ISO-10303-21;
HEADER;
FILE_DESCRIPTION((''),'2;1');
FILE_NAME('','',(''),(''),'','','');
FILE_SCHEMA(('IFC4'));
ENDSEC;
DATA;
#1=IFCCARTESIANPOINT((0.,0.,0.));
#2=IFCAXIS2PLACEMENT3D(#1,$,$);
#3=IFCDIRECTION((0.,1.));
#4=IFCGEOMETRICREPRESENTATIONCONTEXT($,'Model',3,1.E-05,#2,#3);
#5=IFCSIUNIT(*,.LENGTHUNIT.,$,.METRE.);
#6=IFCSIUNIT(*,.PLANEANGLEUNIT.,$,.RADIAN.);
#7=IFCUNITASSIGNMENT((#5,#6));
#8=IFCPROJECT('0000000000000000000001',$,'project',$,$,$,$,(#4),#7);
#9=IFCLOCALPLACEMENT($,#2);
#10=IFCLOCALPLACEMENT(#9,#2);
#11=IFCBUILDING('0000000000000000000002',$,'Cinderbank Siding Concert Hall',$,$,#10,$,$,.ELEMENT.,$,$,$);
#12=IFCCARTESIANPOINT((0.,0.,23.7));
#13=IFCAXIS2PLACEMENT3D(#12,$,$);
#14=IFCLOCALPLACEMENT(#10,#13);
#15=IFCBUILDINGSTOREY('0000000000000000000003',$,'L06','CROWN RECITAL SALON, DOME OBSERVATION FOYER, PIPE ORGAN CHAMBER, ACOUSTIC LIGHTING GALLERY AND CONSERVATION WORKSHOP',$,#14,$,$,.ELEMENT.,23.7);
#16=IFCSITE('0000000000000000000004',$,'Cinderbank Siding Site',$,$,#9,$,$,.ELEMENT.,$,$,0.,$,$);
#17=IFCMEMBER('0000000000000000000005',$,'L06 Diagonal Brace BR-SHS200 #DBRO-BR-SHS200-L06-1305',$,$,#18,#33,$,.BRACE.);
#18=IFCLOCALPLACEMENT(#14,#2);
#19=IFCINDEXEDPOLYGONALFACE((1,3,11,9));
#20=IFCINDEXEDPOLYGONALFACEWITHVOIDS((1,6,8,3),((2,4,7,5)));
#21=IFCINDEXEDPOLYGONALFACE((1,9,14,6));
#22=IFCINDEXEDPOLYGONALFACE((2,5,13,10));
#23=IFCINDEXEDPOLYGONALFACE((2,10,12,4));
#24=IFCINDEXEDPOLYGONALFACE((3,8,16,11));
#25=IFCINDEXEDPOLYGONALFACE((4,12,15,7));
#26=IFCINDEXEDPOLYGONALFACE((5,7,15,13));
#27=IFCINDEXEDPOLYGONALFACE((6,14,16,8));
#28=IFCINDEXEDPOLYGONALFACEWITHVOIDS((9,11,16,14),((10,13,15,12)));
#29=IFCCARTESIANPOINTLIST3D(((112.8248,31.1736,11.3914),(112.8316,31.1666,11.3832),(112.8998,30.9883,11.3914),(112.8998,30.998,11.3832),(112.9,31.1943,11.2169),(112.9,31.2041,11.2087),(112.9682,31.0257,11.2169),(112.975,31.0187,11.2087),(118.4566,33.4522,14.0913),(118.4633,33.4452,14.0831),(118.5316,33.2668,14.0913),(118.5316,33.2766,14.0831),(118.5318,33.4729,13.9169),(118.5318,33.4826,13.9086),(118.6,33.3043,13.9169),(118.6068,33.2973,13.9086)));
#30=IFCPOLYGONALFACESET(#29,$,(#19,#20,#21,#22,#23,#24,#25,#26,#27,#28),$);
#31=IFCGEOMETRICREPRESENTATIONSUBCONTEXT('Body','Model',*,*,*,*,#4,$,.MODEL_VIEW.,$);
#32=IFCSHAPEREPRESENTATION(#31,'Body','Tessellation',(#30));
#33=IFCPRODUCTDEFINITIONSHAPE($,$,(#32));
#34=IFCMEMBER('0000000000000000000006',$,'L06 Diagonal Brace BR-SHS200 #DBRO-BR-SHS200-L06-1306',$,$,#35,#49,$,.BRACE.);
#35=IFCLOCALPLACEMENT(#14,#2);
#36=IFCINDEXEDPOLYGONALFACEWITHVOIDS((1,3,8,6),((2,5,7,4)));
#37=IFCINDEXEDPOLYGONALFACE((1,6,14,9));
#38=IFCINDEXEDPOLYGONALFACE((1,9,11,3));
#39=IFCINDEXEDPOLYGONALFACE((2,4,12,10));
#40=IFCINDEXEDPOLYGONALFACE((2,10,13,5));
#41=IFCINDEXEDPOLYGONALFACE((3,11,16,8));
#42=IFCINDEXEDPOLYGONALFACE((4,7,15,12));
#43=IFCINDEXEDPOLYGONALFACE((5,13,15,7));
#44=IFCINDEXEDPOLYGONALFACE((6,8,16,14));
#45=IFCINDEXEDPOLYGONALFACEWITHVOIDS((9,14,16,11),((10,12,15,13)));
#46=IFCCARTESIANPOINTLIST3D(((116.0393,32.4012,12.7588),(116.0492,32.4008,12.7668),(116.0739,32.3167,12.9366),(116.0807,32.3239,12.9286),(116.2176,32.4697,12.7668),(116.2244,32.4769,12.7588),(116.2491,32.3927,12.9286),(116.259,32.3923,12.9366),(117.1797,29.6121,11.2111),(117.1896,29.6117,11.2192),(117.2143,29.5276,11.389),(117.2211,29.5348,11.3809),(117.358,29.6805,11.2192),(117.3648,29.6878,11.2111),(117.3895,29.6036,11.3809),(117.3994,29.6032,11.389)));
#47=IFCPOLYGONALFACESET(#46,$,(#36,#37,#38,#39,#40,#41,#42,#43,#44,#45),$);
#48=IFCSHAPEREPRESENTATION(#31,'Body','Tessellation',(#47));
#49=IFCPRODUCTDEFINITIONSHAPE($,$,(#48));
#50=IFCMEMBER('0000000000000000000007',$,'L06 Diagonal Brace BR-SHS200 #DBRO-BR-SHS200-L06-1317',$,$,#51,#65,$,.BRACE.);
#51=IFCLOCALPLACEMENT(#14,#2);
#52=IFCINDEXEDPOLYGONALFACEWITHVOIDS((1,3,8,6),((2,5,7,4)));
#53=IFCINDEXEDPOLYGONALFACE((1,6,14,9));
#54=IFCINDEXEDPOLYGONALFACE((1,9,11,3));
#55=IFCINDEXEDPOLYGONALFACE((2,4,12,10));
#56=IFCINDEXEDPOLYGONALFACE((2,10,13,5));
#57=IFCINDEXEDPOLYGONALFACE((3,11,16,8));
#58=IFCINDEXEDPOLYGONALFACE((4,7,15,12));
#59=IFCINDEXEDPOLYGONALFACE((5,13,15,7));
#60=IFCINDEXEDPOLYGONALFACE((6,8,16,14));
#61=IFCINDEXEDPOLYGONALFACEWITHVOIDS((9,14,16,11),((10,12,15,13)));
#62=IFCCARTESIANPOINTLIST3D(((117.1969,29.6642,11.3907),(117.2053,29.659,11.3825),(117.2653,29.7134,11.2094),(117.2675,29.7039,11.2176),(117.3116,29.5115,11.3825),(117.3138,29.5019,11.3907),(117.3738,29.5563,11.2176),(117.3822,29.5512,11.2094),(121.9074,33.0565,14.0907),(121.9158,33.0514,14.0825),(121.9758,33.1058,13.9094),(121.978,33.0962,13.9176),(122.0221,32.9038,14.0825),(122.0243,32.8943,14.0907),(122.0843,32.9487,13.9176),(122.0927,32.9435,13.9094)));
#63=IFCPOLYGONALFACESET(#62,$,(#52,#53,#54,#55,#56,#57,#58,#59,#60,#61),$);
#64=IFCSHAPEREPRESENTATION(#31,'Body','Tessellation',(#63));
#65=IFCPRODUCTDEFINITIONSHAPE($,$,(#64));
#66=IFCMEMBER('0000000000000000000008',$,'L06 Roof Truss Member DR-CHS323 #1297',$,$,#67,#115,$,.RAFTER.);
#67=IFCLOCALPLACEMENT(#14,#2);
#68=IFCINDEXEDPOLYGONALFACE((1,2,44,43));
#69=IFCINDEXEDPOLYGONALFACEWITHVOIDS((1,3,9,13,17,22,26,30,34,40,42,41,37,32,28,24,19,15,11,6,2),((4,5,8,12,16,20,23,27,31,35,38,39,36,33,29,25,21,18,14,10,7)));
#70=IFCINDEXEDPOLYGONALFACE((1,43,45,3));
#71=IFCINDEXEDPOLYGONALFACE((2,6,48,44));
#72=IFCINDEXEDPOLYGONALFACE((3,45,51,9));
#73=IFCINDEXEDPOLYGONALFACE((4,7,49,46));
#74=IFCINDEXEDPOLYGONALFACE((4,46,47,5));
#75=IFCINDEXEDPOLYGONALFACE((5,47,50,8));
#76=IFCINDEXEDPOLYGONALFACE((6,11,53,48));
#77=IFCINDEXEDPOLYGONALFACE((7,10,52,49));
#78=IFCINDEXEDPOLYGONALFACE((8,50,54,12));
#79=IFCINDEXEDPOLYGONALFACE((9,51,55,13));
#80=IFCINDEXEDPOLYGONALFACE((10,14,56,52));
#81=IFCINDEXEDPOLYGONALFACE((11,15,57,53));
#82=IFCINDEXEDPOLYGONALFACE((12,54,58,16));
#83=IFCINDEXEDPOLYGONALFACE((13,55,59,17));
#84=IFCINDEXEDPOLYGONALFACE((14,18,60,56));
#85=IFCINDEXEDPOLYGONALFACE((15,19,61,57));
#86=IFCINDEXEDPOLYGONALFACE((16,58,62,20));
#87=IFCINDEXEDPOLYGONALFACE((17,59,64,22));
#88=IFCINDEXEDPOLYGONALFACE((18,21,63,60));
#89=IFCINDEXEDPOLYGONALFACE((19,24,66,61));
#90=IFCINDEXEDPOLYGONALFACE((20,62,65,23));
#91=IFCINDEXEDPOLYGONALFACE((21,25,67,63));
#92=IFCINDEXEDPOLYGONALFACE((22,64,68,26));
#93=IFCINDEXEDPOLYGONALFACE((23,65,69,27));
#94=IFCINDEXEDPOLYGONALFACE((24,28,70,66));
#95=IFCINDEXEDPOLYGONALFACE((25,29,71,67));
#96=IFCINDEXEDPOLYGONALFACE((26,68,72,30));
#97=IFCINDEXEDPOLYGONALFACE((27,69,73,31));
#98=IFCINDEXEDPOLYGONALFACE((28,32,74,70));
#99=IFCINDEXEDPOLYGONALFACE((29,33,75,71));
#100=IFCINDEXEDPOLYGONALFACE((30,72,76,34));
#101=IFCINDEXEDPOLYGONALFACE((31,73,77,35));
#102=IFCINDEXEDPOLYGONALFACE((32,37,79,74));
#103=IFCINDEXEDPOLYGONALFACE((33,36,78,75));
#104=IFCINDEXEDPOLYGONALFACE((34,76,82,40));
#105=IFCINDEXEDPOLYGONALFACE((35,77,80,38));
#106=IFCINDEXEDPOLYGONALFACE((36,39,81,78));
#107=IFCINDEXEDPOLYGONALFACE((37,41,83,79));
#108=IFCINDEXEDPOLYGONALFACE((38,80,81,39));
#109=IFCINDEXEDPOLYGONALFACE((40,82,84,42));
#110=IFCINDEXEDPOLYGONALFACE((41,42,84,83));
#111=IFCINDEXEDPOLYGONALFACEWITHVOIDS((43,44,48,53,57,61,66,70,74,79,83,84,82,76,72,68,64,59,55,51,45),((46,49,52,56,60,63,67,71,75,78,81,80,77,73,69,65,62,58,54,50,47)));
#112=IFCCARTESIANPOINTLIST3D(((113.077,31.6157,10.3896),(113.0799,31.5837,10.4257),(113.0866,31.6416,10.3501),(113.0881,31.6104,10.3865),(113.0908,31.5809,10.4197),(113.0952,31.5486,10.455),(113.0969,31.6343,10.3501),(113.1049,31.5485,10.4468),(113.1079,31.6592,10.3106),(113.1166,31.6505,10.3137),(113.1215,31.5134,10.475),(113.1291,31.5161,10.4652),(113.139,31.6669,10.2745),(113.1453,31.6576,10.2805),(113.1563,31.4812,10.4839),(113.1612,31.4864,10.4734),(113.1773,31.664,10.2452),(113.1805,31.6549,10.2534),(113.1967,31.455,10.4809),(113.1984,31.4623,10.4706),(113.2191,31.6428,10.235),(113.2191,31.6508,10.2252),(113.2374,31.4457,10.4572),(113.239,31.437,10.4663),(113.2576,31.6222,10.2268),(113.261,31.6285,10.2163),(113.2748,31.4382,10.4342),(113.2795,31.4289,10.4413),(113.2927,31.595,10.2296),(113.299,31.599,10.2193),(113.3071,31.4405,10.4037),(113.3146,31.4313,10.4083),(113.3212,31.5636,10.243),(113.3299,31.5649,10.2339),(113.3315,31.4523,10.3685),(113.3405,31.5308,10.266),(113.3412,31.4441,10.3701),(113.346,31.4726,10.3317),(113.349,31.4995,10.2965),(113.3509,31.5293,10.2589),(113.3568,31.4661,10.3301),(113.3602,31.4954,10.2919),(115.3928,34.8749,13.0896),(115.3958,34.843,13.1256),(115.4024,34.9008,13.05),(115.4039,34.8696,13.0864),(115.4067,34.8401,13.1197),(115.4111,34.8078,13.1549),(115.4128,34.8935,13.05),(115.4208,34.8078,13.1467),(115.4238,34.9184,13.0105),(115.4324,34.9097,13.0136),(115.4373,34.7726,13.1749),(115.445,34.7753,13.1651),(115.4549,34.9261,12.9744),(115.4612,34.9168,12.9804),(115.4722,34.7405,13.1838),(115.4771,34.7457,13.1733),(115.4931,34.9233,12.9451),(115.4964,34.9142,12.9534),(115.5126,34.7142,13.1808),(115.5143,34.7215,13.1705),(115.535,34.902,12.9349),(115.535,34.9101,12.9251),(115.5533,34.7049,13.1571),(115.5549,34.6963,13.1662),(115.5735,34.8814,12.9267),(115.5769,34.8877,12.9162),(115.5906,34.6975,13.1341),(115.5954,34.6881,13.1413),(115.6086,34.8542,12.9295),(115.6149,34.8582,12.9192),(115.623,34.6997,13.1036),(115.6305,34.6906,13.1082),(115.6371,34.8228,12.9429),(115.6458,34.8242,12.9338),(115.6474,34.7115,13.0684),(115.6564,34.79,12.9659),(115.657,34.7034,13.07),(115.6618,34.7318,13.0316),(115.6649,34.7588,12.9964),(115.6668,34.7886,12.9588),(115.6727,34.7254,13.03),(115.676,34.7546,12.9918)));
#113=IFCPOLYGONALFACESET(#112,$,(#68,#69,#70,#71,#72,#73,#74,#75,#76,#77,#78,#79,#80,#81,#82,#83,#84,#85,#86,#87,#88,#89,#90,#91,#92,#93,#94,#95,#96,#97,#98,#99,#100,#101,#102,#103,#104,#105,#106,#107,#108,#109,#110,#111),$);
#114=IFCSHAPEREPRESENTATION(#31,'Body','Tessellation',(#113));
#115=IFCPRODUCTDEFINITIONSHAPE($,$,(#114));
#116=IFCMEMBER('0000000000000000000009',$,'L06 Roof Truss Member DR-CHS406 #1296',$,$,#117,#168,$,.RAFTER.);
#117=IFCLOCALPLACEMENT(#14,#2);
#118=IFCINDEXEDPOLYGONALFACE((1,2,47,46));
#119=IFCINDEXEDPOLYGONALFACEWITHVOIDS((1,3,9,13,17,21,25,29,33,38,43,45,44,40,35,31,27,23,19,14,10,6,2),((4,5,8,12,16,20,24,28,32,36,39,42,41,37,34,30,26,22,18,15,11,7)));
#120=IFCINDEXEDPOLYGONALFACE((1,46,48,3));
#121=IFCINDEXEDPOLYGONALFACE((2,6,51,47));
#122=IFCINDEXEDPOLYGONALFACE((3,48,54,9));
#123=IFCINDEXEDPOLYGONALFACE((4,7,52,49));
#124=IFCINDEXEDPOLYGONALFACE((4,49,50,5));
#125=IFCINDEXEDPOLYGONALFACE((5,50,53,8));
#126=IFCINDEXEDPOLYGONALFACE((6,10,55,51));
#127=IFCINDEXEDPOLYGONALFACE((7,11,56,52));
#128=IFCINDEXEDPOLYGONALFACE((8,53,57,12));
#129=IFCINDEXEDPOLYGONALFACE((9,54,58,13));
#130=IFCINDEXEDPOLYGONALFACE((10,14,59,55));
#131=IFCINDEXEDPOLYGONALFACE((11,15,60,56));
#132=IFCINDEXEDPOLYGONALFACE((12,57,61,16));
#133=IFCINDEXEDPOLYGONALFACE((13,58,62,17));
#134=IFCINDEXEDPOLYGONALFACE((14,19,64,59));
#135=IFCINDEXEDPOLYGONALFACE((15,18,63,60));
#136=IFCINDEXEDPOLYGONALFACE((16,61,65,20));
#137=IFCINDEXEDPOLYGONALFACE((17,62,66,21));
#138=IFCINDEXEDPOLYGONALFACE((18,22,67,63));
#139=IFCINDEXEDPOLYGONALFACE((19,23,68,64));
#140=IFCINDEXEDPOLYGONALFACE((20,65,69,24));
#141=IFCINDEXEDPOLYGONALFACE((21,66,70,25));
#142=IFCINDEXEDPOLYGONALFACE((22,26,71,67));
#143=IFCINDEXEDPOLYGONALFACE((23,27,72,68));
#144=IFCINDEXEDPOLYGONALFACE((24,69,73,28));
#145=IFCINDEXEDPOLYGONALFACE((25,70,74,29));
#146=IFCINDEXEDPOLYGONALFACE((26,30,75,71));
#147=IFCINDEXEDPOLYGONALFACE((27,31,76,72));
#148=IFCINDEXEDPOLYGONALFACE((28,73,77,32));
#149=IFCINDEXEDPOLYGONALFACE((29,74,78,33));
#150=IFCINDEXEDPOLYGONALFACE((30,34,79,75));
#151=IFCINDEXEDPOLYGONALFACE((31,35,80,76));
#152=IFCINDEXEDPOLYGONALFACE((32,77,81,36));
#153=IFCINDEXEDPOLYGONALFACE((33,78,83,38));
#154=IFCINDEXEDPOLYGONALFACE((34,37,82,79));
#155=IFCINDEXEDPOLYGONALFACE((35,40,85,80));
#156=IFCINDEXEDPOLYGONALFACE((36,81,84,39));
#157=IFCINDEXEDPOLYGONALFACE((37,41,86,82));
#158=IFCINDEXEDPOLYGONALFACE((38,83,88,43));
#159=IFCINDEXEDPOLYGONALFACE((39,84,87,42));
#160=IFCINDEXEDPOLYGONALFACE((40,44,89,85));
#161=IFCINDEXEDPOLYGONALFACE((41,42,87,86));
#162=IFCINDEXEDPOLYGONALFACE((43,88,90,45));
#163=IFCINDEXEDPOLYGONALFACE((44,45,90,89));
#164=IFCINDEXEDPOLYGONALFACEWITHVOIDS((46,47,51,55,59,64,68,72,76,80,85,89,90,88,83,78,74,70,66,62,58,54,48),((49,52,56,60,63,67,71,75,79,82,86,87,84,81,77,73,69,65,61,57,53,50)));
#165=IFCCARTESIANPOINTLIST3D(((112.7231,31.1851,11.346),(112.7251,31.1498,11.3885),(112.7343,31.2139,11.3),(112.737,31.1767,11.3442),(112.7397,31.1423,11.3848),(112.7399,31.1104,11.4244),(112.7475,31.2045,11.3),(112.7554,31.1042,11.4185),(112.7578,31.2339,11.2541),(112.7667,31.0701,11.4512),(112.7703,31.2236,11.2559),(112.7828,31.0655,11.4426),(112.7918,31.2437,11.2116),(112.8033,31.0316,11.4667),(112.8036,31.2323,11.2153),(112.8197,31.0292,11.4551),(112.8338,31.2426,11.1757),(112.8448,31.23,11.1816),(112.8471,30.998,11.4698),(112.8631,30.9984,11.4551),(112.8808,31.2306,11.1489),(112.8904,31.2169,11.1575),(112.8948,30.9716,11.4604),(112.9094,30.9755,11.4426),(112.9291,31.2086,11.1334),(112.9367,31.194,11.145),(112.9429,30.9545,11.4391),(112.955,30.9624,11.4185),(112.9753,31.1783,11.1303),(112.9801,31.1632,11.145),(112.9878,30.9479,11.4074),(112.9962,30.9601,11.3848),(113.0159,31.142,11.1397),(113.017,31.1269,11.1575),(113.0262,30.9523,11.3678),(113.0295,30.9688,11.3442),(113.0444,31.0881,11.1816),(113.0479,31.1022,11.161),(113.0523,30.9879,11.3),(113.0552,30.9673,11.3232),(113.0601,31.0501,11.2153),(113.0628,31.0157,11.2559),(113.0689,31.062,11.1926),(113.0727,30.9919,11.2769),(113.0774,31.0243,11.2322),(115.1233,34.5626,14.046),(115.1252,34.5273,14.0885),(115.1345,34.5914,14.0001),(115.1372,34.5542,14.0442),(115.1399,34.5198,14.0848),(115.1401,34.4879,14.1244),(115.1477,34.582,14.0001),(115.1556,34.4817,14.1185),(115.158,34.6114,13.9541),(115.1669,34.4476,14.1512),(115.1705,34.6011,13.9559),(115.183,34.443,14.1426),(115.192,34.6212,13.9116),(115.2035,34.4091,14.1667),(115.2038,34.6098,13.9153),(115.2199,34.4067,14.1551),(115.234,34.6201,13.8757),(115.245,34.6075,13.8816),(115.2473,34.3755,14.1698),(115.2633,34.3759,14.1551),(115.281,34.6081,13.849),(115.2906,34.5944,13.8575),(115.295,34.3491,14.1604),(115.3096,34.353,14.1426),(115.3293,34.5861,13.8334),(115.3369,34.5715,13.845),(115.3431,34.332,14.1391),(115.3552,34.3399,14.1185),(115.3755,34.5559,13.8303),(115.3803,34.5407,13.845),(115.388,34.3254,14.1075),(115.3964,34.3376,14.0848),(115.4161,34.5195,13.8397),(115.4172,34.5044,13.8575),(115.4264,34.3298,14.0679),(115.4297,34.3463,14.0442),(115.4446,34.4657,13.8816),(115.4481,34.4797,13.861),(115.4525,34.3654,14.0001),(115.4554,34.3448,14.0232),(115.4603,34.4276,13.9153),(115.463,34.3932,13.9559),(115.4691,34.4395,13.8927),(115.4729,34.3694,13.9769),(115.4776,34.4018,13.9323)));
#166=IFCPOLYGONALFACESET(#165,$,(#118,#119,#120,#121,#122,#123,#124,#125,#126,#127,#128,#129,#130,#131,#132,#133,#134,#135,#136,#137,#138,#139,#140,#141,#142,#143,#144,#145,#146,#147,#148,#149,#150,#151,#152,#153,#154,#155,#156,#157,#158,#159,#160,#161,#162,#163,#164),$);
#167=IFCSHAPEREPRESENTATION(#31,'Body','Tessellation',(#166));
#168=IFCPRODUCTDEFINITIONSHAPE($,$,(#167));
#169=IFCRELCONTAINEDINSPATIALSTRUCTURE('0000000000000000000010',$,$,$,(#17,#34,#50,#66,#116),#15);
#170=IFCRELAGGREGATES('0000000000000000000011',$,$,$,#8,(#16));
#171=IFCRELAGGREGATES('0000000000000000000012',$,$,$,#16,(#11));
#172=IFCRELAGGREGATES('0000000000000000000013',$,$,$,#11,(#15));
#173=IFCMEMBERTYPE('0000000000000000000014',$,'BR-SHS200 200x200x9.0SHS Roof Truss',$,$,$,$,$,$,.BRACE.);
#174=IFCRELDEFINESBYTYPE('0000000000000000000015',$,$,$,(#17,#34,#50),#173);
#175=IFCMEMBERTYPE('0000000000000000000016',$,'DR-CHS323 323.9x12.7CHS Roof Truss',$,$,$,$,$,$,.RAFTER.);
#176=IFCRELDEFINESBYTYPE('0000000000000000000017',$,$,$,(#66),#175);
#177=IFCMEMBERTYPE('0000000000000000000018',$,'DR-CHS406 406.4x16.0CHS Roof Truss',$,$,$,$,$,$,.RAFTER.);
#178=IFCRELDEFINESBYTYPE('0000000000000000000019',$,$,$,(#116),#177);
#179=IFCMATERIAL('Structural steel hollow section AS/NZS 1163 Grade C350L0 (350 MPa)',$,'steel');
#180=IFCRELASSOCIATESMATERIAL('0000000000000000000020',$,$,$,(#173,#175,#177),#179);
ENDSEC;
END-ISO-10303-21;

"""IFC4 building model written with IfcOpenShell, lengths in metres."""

from ifc_helpers import new_model, si_unit, direction, frame, origin, origin_2d, place, context, subcontext, project, spatial, hollow_rectangle, hollow_circle, extrude, material, material_profile, profile_set, type_object, element, save


model = new_model("IFC4")

# Units and contexts
model_context = context("Model", 3, precision=1e-05, world=origin(), true_north=direction((0.0, 1.0)))
body_context = subcontext(model_context, "Body", "Model", "MODEL_VIEW")
ifc_project = project(units=[si_unit("LENGTHUNIT", "METRE"), si_unit("PLANEANGLEUNIT", "RADIAN")], contexts=[model_context])

# Site, building, storey
site_placement = place(None, origin())
site = spatial("IfcSite", under=ifc_project, at=site_placement, Name="Cinderbank Siding Site", CompositionType="ELEMENT", RefElevation=0.0)
building_placement = place(site_placement, origin())
building = spatial("IfcBuilding", under=site, at=building_placement, Name="Cinderbank Siding Concert Hall", CompositionType="ELEMENT")
storey_placement = place(building_placement, frame((0.0, 0.0, 23.7)))
storey = spatial("IfcBuildingStorey", under=building, at=storey_placement, Name="L06", Description="CROWN RECITAL SALON, DOME OBSERVATION FOYER, PIPE ORGAN CHAMBER, ACOUSTIC LIGHTING GALLERY AND CONSERVATION WORKSHOP", CompositionType="ELEMENT", Elevation=23.7)

# Members
ifc_material_1 = material(Name="Structural steel hollow section AS/NZS 1163 Grade C350L0 (350 MPa)", Category="steel")
ifc_material_profile_1 = material_profile(ifc_material_1, hollow_rectangle(XDim=0.2, YDim=0.2, WallThickness=0.009, at=origin_2d()), Name="200x200x9.0SHS", Category="LoadBearing")
ifc_profile_set_1 = profile_set([ifc_material_profile_1], Name="Structural steel hollow section AS/NZS 1163 Grade C350L0 (350 MPa)")
member_type_1 = type_object("IfcMemberType", Name="BR-SHS200 200x200x9.0SHS Roof Truss", PredefinedType="BRACE", material=ifc_profile_set_1)
member_1_placement = place(storey_placement, frame((112.8999, 31.0962, 11.3), z_axis=(0.847116, 0.342732, 0.406115), x_axis=(-0.375053, 0.927003, 0.0)))
element("IfcMember", 1, at=member_1_placement, inside=storey, type_object=member_type_1, Name="L06 Diagonal Brace BR-SHS200 #DBRO-BR-SHS200-L06-1305", PredefinedType="BRACE", context=body_context, shape_type="SweptSolid", body=[
    extrude(hollow_rectangle(XDim=0.2, YDim=0.2, WallThickness=0.009, at=origin_2d()), origin(), (0.0, 0.0, 1.0), 6.6482),
])
member_2_placement = place(storey_placement, frame((117.2896, 29.6077, 11.3), z_axis=(-0.336654, 0.823366, 0.456873), x_axis=(-0.925617, -0.378462, 0.0)))
element("IfcMember", 2, at=member_2_placement, inside=storey, type_object=member_type_1, Name="L06 Diagonal Brace BR-SHS200 #DBRO-BR-SHS200-L06-1306", PredefinedType="BRACE", context=body_context, shape_type="SweptSolid", body=[
    extrude(hollow_rectangle(XDim=0.2, YDim=0.2, WallThickness=0.009, at=origin_2d()), origin(), (0.0, 0.0, 1.0), 3.3875),
])
member_3_placement = place(storey_placement, frame((117.2896, 29.6077, 11.3), z_axis=(0.735774, 0.529884, 0.421734), x_axis=(-0.584397, 0.811468, 0.0)))
element("IfcMember", 3, at=member_3_placement, inside=storey, type_object=member_type_1, Name="L06 Diagonal Brace BR-SHS200 #DBRO-BR-SHS200-L06-1317", PredefinedType="BRACE", context=body_context, shape_type="SweptSolid", body=[
    extrude(hollow_rectangle(XDim=0.2, YDim=0.2, WallThickness=0.009, at=origin_2d()), origin(), (0.0, 0.0, 1.0), 6.4021),
])
ifc_material_profile_2 = material_profile(ifc_material_1, hollow_circle(Radius=0.1619, WallThickness=0.0127, at=origin_2d()), Name="323.9x12.7CHS", Category="LoadBearing")
ifc_profile_set_2 = profile_set([ifc_material_profile_2], Name="Structural steel hollow section AS/NZS 1163 Grade C350L0 (350 MPa)")
member_type_2 = type_object("IfcMemberType", Name="DR-CHS323 323.9x12.7CHS Roof Truss", PredefinedType="RAFTER", material=ifc_profile_set_2)
member_4_placement = place(storey_placement, frame((113.2185, 31.5479, 10.3501), z_axis=(0.48003, 0.675564, 0.55963), x_axis=(-0.815167, 0.579226, 0.0)))
element("IfcMember", 4, at=member_4_placement, inside=storey, type_object=member_type_2, Name="L06 Roof Truss Member DR-CHS323 #1297", PredefinedType="RAFTER", context=body_context, shape_type="SweptSolid", body=[
    extrude(hollow_circle(Radius=0.1619, WallThickness=0.0127, at=origin_2d()), origin(), (0.0, 0.0, 1.0), 4.8245),
])
ifc_material_profile_3 = material_profile(ifc_material_1, hollow_circle(Radius=0.2031, WallThickness=0.0161, at=origin_2d()), Name="406.4x16.0CHS", Category="LoadBearing")
ifc_profile_set_3 = profile_set([ifc_material_profile_3], Name="Structural steel hollow section AS/NZS 1163 Grade C350L0 (350 MPa)")
member_type_3 = type_object("IfcMemberType", Name="DR-CHS406 406.4x16.0CHS Roof Truss", PredefinedType="RAFTER", material=ifc_profile_set_3)
member_5_placement = place(storey_placement, frame((112.8999, 31.0962, 11.3), z_axis=(0.485323, 0.682938, 0.545946), x_axis=(-0.815136, 0.579269, 0.0)))
element("IfcMember", 5, at=member_5_placement, inside=storey, type_object=member_type_3, Name="L06 Roof Truss Member DR-CHS406 #1296", PredefinedType="RAFTER", context=body_context, shape_type="SweptSolid", body=[
    extrude(hollow_circle(Radius=0.2031, WallThickness=0.0161, at=origin_2d()), origin(), (0.0, 0.0, 1.0), 4.9456),
])

save(model, "model.ifc")
